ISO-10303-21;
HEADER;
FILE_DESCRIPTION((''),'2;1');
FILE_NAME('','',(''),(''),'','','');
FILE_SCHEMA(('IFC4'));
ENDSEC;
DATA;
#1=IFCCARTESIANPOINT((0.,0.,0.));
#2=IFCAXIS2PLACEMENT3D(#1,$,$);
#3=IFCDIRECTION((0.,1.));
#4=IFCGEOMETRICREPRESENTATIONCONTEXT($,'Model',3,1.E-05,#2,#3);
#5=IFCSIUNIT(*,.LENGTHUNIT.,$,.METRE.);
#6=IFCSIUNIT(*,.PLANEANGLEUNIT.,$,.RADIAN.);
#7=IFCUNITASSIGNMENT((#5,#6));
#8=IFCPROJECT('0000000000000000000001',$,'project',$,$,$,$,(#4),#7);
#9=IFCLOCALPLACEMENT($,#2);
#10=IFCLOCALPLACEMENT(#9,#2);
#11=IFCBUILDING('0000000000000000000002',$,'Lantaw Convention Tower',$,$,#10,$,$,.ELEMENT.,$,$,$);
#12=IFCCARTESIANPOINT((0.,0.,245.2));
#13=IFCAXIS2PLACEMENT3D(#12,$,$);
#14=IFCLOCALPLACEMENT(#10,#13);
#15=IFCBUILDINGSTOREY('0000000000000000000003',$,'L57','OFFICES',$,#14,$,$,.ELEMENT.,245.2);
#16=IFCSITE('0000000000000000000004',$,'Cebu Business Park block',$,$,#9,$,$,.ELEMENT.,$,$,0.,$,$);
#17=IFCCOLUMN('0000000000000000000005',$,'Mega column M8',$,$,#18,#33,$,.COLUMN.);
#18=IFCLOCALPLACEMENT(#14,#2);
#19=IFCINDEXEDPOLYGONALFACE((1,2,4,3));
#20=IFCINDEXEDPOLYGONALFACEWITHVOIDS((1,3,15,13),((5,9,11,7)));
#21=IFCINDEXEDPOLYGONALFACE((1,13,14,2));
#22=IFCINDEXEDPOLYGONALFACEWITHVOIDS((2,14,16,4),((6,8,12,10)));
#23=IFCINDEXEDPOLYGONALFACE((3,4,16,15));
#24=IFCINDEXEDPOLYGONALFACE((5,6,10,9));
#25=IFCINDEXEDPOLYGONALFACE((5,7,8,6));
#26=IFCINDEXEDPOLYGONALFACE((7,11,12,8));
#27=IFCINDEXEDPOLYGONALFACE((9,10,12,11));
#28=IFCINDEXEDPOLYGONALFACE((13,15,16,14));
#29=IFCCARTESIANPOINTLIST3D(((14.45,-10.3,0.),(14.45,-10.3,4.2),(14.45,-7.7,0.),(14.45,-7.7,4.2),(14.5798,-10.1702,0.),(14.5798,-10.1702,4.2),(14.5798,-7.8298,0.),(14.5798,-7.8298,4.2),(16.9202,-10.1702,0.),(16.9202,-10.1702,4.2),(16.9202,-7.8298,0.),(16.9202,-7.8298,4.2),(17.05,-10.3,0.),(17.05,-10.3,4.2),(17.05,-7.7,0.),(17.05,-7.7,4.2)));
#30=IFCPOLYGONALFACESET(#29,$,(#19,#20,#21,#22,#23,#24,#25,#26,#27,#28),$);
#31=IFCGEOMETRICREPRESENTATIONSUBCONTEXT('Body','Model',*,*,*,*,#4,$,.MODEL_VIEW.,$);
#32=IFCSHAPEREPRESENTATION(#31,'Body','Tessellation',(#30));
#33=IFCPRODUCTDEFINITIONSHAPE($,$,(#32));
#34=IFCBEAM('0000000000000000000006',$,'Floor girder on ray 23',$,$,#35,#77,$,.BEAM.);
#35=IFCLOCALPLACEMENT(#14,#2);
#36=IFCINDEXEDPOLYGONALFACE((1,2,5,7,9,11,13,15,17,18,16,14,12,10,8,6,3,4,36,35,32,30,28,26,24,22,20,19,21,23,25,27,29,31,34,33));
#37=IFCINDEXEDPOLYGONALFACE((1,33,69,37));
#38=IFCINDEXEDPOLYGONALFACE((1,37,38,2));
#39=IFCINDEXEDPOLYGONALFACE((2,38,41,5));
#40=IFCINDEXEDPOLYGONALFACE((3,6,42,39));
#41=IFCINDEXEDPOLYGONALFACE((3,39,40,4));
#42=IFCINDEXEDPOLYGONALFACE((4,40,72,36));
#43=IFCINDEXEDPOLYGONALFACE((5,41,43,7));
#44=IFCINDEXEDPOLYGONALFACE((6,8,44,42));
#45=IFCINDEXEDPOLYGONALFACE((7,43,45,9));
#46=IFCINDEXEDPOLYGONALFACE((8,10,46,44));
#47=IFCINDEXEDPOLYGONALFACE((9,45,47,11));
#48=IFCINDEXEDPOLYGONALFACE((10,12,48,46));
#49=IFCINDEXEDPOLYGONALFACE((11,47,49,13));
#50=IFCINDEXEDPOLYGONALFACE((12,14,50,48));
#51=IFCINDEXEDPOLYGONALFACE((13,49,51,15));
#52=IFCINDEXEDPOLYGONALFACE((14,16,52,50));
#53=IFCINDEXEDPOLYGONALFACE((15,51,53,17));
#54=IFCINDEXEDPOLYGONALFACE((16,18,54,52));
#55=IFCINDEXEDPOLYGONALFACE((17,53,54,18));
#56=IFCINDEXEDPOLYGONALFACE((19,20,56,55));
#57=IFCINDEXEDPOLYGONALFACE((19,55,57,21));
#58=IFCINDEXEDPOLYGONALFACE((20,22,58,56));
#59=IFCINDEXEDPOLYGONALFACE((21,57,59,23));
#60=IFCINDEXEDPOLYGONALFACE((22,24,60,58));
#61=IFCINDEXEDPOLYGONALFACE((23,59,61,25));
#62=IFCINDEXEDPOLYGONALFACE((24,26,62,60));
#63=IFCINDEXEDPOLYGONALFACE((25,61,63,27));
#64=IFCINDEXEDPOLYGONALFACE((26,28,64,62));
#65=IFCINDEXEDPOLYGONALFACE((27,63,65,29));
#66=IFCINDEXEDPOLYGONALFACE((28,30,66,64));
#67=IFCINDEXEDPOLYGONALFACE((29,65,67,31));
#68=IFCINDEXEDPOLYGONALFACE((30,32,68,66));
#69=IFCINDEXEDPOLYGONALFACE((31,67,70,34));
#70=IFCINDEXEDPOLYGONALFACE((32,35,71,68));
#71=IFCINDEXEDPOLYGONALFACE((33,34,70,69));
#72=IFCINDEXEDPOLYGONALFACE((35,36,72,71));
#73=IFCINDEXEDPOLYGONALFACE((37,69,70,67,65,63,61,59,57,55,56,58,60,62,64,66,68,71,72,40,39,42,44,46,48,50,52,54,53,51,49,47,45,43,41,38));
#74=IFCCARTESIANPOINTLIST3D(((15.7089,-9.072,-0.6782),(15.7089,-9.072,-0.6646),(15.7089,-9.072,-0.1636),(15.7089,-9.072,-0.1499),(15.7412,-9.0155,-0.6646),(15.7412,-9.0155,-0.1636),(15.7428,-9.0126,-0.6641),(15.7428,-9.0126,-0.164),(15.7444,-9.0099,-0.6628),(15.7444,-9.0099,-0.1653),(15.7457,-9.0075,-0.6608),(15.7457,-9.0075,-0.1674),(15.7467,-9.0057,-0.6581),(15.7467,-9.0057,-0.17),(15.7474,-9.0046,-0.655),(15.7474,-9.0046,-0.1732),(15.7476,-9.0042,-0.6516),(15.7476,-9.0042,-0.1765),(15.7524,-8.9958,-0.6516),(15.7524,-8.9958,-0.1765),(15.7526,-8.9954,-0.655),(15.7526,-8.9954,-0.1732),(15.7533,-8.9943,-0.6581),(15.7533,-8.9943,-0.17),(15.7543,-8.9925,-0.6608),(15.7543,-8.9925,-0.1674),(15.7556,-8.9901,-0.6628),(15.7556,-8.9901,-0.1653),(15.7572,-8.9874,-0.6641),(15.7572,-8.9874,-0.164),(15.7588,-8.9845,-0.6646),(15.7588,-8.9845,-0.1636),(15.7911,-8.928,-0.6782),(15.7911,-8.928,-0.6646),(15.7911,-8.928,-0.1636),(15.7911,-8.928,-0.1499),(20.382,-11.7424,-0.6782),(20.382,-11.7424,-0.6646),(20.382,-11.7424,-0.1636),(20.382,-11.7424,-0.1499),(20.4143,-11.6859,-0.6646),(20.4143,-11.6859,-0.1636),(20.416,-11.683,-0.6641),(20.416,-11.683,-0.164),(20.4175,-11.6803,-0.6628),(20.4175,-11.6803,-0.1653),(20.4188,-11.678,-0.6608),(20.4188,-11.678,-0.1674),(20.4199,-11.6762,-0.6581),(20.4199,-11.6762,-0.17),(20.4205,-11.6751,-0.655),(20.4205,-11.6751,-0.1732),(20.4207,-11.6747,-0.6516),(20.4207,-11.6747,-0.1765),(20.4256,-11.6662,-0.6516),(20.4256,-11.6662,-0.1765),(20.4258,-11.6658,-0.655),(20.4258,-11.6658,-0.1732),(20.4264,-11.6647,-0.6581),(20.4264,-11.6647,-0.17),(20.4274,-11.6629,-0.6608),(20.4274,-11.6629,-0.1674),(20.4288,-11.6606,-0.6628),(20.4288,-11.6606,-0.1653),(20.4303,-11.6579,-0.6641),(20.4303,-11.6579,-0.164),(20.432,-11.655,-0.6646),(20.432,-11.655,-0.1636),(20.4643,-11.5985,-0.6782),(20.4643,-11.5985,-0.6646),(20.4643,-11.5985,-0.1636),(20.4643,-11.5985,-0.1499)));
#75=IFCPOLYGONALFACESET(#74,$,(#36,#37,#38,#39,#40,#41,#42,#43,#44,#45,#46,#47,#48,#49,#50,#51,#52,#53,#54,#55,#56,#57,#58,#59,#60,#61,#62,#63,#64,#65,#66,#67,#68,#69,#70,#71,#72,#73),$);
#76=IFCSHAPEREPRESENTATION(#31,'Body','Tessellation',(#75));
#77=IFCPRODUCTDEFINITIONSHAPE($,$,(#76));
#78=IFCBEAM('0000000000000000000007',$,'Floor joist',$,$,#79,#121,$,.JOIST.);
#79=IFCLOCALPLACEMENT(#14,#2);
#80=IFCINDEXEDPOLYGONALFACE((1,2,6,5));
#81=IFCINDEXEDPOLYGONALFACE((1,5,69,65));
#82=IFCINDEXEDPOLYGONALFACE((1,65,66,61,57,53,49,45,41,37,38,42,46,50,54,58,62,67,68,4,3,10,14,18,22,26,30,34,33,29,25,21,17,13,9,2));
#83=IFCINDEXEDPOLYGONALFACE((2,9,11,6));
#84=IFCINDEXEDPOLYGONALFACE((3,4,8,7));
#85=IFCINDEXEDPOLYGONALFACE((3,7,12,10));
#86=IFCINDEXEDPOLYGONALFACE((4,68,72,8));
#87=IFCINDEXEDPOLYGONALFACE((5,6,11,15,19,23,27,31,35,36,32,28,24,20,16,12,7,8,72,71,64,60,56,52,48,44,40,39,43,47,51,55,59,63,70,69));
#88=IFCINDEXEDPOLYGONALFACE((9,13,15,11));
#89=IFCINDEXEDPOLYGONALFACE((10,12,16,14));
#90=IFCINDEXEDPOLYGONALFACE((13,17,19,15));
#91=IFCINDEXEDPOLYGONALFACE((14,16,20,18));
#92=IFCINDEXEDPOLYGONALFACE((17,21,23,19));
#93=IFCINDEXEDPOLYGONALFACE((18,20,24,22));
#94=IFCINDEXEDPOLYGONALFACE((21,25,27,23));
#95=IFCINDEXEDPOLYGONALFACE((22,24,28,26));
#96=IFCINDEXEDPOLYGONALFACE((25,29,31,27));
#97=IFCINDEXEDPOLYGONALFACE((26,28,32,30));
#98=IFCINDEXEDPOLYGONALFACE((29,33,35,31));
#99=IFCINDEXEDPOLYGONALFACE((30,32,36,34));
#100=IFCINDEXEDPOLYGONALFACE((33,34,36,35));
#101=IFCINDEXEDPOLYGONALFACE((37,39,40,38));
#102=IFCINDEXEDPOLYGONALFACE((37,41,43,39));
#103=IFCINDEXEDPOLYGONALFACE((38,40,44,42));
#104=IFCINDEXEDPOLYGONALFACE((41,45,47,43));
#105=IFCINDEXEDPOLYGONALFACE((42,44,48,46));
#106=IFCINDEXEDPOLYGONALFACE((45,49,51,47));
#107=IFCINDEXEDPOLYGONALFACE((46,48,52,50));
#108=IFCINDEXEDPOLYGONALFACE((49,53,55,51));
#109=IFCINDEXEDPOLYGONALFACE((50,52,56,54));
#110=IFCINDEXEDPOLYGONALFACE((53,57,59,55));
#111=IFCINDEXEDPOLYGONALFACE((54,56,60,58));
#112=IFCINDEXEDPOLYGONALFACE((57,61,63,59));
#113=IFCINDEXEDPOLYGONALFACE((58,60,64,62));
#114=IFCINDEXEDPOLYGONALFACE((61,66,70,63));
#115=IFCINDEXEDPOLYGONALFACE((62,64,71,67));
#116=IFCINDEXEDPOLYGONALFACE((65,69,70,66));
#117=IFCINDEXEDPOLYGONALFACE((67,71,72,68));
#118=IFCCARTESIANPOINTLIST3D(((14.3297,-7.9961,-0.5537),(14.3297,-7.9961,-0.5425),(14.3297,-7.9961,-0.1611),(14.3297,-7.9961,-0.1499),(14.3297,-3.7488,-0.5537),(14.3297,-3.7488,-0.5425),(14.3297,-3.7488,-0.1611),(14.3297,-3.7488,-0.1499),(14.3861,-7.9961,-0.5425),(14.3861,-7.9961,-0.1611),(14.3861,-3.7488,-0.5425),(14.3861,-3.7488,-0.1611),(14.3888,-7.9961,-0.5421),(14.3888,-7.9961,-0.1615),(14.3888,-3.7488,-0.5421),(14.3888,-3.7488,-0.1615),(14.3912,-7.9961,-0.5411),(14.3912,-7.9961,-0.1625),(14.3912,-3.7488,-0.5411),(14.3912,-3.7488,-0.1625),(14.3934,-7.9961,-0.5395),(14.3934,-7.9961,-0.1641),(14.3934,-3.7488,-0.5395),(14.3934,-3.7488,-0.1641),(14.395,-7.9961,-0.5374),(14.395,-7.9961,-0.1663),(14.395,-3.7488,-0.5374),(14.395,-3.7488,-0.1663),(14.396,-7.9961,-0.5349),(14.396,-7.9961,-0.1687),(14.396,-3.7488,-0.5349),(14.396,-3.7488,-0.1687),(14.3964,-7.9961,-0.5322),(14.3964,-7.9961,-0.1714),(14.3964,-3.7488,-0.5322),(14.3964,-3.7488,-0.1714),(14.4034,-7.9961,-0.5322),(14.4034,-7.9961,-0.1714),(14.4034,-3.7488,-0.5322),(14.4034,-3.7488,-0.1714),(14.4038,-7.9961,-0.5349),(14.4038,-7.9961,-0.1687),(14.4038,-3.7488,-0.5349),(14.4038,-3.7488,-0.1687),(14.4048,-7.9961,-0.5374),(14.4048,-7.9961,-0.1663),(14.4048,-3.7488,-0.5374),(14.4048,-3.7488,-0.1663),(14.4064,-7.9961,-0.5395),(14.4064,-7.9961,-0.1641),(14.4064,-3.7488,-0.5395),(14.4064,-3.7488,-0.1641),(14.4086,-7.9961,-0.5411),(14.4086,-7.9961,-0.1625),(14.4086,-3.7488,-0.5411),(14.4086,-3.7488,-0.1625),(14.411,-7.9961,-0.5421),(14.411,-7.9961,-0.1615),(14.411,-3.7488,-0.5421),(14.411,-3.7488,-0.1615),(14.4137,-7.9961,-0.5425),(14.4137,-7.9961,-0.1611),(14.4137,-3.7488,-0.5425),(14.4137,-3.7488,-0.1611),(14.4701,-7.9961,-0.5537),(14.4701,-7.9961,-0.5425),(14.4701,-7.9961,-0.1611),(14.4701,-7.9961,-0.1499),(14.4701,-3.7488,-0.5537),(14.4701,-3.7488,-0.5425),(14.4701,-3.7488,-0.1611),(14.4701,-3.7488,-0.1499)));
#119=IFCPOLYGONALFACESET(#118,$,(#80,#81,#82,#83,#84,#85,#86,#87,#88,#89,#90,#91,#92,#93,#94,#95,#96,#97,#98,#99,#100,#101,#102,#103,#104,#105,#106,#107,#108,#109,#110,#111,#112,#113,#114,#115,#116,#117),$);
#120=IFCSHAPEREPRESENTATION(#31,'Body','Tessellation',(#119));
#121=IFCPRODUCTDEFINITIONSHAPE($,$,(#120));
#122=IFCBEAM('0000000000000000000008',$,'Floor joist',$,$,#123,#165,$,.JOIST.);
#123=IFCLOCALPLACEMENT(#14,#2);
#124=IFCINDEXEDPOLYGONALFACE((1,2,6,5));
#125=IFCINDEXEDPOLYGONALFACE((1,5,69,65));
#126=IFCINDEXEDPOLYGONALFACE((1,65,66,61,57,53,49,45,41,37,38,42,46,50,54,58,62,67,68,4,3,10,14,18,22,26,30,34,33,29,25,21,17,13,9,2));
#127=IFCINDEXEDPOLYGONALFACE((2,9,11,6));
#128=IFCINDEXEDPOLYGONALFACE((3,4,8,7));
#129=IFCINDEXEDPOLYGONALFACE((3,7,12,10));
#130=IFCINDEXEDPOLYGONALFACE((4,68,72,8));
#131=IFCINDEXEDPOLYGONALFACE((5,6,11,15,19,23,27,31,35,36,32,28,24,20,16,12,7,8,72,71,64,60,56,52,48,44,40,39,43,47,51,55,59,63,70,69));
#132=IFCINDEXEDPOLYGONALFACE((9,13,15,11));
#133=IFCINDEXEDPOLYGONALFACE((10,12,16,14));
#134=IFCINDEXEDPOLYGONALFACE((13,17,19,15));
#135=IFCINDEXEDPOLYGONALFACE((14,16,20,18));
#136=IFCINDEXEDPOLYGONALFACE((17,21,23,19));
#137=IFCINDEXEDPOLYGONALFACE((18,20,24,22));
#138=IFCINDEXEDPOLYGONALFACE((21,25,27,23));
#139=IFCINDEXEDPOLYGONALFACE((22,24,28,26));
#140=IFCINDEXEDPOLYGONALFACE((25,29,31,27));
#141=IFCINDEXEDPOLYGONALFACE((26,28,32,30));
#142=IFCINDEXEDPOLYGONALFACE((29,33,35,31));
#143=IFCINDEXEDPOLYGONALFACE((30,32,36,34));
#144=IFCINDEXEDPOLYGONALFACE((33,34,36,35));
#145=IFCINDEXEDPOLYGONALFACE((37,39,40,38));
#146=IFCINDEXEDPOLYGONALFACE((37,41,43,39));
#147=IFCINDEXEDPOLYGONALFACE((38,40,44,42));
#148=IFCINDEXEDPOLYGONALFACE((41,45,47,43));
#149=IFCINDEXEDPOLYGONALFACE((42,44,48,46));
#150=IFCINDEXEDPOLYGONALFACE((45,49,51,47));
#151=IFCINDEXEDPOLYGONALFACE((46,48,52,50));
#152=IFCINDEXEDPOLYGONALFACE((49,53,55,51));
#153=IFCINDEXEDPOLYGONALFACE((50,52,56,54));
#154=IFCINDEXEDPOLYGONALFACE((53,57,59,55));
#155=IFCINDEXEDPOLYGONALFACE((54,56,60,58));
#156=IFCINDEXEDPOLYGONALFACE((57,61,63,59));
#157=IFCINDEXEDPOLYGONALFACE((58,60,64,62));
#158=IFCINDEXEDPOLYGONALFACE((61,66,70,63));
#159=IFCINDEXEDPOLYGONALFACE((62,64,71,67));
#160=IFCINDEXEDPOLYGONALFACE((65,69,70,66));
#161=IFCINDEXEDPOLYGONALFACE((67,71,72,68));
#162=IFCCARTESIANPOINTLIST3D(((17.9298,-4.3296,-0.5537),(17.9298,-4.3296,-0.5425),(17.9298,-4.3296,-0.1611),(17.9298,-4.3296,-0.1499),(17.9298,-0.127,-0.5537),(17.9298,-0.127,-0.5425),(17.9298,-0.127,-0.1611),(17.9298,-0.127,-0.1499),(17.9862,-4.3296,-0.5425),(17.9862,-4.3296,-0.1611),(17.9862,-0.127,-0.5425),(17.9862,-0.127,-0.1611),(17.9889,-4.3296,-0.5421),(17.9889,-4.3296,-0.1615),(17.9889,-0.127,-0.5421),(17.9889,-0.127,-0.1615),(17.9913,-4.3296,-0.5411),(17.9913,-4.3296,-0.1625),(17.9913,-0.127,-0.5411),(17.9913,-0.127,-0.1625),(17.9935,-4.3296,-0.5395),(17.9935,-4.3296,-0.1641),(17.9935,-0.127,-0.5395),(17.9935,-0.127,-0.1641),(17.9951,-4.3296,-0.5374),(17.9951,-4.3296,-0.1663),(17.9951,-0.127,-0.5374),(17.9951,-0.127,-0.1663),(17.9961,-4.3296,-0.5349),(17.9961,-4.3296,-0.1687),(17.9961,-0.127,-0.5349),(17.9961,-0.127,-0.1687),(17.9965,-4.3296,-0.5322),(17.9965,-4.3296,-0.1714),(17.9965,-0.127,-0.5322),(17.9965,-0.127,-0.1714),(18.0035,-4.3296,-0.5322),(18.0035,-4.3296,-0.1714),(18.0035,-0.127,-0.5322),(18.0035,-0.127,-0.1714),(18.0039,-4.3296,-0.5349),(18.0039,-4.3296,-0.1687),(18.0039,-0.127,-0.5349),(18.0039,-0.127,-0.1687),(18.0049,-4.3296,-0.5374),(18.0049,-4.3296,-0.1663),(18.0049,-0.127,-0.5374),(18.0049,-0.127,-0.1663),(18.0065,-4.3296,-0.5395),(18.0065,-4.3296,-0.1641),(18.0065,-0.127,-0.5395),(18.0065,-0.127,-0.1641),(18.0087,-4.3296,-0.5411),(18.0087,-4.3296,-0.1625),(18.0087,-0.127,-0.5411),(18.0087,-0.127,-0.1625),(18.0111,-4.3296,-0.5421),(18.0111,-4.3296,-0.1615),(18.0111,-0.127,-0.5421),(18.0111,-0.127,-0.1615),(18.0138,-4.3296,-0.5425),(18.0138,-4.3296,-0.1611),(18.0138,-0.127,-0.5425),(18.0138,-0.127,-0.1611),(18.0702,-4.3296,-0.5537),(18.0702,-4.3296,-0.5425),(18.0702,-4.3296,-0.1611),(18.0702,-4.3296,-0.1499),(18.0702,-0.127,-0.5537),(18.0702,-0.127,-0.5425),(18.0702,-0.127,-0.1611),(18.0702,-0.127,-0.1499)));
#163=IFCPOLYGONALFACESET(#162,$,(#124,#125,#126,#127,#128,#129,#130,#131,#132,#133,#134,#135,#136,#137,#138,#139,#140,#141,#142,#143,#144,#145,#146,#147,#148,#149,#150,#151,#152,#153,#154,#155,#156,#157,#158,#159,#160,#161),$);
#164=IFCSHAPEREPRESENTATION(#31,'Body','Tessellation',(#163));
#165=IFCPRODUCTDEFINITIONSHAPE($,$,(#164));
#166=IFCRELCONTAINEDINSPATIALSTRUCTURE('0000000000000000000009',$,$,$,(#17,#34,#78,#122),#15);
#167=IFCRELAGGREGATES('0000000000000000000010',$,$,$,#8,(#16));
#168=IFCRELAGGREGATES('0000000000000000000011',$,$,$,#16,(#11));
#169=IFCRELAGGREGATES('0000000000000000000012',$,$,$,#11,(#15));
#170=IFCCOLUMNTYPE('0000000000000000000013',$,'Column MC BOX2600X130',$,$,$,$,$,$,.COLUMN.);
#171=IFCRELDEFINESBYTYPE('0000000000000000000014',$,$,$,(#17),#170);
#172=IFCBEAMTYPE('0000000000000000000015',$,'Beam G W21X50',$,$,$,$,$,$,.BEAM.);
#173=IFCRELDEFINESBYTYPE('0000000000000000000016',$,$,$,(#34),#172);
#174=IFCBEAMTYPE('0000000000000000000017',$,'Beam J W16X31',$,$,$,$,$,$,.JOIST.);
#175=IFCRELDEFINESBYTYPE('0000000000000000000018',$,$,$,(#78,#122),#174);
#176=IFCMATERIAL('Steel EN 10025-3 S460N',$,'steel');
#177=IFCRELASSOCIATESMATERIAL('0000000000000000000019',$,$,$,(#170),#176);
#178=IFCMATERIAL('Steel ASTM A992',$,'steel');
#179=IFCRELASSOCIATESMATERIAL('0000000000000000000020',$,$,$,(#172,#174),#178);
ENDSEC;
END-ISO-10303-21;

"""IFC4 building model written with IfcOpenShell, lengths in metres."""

from ifc_helpers import new_model, si_unit, direction, frame, origin, origin_2d, place, context, subcontext, project, spatial, rectangle, hollow_rectangle, i_section, extrude, material, material_profile, profile_set, type_object, element, save


model = new_model("IFC4")

# Units and contexts
model_context = context("Model", 3, precision=1e-05, world=origin(), true_north=direction((0.0, 1.0)))
body_context = subcontext(model_context, "Body", "Model", "MODEL_VIEW")
ifc_project = project(units=[si_unit("LENGTHUNIT", "METRE"), si_unit("PLANEANGLEUNIT", "RADIAN")], contexts=[model_context])

# Site, building, storey
site_placement = place(None, origin())
site = spatial("IfcSite", under=ifc_project, at=site_placement, Name="Cebu Business Park block", CompositionType="ELEMENT", RefElevation=0.0)
building_placement = place(site_placement, origin())
building = spatial("IfcBuilding", under=site, at=building_placement, Name="Lantaw Convention Tower", CompositionType="ELEMENT")
storey_placement = place(building_placement, frame((0.0, 0.0, 245.2)))
storey = spatial("IfcBuildingStorey", under=building, at=storey_placement, Name="L57", Description="OFFICES", CompositionType="ELEMENT", Elevation=245.2)

# Column
ifc_material_1 = material(Name="Steel EN 10025-3 S460N", Category="steel")
ifc_material_profile_1 = material_profile(ifc_material_1, hollow_rectangle(XDim=2.6001, YDim=2.6001, WallThickness=0.1299, at=origin_2d()), Name="BOX2600X130")
ifc_material_2 = material(Name="Concrete C60/75", Category="concrete")
ifc_material_profile_2 = material_profile(ifc_material_2, rectangle(XDim=2.3401, YDim=2.3401, at=origin_2d()), Name="Concrete fill of BOX2600X130")
ifc_profile_set_1 = profile_set([ifc_material_profile_1, ifc_material_profile_2], Name="Steel EN 10025-3 S460N")
column_type = type_object("IfcColumnType", Name="Column MC BOX2600X130", PredefinedType="COLUMN", material=ifc_profile_set_1)
column_placement = place(storey_placement, frame((15.75, -9.0, 0.0), z_axis=(0.0, 0.0, 1.0), x_axis=(1.0, 0.0, 0.0)))
element("IfcColumn", 1, at=column_placement, inside=storey, type_object=column_type, Name="Mega column M8", PredefinedType="COLUMN", context=body_context, shape_type="SweptSolid", body=[
    extrude(hollow_rectangle(XDim=2.6001, YDim=2.6001, WallThickness=0.1299, at=origin_2d()), origin(), (0.0, 0.0, 1.0), 4.2),
])

# Beams
ifc_material_3 = material(Name="Steel ASTM A992", Category="steel")
ifc_material_profile_3 = material_profile(ifc_material_3, i_section(OverallWidth=0.1658, OverallDepth=0.5283, WebThickness=0.0098, FlangeThickness=0.0137, FilletRadius=0.0129, at=origin_2d()), Name="W21X50")
ifc_profile_set_2 = profile_set([ifc_material_profile_3], Name="Steel ASTM A992")
beam_type_1 = type_object("IfcBeamType", Name="Beam G W21X50", PredefinedType="BEAM", material=ifc_profile_set_2)
beam_1_placement = place(storey_placement, frame((15.75, -9.0, -0.4141), z_axis=(0.868238, -0.496149, 0.0), x_axis=(0.496149, 0.868238, 0.0)))
element("IfcBeam", 2, at=beam_1_placement, inside=storey, type_object=beam_type_1, Name="Floor girder on ray 23", PredefinedType="BEAM", context=body_context, shape_type="SweptSolid", body=[
    extrude(i_section(OverallWidth=0.1658, OverallDepth=0.5283, WebThickness=0.0098, FlangeThickness=0.0137, FilletRadius=0.0129, at=origin_2d()), origin(), (0.0, 0.0, 1.0), 5.3823),
])
ifc_material_profile_4 = material_profile(ifc_material_3, i_section(OverallWidth=0.1404, OverallDepth=0.4038, WebThickness=0.0071, FlangeThickness=0.0112, FilletRadius=0.0103, at=origin_2d()), Name="W16X31")
ifc_profile_set_3 = profile_set([ifc_material_profile_4], Name="Steel ASTM A992")
beam_type_2 = type_object("IfcBeamType", Name="Beam J W16X31", PredefinedType="JOIST", material=ifc_profile_set_3)
beam_2_placement = place(storey_placement, frame((14.3999, -7.9961, -0.3518), z_axis=(0.0, 1.0, 0.0), x_axis=(-1.0, 0.0, 0.0)))
element("IfcBeam", 3, at=beam_2_placement, inside=storey, type_object=beam_type_2, Name="Floor joist", PredefinedType="JOIST", context=body_context, shape_type="SweptSolid", body=[
    extrude(i_section(OverallWidth=0.1404, OverallDepth=0.4038, WebThickness=0.0071, FlangeThickness=0.0112, FilletRadius=0.0103, at=origin_2d()), origin(), (0.0, 0.0, 1.0), 4.2473),
])
beam_3_placement = place(storey_placement, frame((18.0, -4.3296, -0.3518), z_axis=(0.0, 1.0, 0.0), x_axis=(-1.0, 0.0, 0.0)))
element("IfcBeam", 4, at=beam_3_placement, inside=storey, type_object=beam_type_2, Name="Floor joist", PredefinedType="JOIST", context=body_context, shape_type="SweptSolid", body=[
    extrude(i_section(OverallWidth=0.1404, OverallDepth=0.4038, WebThickness=0.0071, FlangeThickness=0.0112, FilletRadius=0.0103, at=origin_2d()), origin(), (0.0, 0.0, 1.0), 4.2026),
])

save(model, "model.ifc")
